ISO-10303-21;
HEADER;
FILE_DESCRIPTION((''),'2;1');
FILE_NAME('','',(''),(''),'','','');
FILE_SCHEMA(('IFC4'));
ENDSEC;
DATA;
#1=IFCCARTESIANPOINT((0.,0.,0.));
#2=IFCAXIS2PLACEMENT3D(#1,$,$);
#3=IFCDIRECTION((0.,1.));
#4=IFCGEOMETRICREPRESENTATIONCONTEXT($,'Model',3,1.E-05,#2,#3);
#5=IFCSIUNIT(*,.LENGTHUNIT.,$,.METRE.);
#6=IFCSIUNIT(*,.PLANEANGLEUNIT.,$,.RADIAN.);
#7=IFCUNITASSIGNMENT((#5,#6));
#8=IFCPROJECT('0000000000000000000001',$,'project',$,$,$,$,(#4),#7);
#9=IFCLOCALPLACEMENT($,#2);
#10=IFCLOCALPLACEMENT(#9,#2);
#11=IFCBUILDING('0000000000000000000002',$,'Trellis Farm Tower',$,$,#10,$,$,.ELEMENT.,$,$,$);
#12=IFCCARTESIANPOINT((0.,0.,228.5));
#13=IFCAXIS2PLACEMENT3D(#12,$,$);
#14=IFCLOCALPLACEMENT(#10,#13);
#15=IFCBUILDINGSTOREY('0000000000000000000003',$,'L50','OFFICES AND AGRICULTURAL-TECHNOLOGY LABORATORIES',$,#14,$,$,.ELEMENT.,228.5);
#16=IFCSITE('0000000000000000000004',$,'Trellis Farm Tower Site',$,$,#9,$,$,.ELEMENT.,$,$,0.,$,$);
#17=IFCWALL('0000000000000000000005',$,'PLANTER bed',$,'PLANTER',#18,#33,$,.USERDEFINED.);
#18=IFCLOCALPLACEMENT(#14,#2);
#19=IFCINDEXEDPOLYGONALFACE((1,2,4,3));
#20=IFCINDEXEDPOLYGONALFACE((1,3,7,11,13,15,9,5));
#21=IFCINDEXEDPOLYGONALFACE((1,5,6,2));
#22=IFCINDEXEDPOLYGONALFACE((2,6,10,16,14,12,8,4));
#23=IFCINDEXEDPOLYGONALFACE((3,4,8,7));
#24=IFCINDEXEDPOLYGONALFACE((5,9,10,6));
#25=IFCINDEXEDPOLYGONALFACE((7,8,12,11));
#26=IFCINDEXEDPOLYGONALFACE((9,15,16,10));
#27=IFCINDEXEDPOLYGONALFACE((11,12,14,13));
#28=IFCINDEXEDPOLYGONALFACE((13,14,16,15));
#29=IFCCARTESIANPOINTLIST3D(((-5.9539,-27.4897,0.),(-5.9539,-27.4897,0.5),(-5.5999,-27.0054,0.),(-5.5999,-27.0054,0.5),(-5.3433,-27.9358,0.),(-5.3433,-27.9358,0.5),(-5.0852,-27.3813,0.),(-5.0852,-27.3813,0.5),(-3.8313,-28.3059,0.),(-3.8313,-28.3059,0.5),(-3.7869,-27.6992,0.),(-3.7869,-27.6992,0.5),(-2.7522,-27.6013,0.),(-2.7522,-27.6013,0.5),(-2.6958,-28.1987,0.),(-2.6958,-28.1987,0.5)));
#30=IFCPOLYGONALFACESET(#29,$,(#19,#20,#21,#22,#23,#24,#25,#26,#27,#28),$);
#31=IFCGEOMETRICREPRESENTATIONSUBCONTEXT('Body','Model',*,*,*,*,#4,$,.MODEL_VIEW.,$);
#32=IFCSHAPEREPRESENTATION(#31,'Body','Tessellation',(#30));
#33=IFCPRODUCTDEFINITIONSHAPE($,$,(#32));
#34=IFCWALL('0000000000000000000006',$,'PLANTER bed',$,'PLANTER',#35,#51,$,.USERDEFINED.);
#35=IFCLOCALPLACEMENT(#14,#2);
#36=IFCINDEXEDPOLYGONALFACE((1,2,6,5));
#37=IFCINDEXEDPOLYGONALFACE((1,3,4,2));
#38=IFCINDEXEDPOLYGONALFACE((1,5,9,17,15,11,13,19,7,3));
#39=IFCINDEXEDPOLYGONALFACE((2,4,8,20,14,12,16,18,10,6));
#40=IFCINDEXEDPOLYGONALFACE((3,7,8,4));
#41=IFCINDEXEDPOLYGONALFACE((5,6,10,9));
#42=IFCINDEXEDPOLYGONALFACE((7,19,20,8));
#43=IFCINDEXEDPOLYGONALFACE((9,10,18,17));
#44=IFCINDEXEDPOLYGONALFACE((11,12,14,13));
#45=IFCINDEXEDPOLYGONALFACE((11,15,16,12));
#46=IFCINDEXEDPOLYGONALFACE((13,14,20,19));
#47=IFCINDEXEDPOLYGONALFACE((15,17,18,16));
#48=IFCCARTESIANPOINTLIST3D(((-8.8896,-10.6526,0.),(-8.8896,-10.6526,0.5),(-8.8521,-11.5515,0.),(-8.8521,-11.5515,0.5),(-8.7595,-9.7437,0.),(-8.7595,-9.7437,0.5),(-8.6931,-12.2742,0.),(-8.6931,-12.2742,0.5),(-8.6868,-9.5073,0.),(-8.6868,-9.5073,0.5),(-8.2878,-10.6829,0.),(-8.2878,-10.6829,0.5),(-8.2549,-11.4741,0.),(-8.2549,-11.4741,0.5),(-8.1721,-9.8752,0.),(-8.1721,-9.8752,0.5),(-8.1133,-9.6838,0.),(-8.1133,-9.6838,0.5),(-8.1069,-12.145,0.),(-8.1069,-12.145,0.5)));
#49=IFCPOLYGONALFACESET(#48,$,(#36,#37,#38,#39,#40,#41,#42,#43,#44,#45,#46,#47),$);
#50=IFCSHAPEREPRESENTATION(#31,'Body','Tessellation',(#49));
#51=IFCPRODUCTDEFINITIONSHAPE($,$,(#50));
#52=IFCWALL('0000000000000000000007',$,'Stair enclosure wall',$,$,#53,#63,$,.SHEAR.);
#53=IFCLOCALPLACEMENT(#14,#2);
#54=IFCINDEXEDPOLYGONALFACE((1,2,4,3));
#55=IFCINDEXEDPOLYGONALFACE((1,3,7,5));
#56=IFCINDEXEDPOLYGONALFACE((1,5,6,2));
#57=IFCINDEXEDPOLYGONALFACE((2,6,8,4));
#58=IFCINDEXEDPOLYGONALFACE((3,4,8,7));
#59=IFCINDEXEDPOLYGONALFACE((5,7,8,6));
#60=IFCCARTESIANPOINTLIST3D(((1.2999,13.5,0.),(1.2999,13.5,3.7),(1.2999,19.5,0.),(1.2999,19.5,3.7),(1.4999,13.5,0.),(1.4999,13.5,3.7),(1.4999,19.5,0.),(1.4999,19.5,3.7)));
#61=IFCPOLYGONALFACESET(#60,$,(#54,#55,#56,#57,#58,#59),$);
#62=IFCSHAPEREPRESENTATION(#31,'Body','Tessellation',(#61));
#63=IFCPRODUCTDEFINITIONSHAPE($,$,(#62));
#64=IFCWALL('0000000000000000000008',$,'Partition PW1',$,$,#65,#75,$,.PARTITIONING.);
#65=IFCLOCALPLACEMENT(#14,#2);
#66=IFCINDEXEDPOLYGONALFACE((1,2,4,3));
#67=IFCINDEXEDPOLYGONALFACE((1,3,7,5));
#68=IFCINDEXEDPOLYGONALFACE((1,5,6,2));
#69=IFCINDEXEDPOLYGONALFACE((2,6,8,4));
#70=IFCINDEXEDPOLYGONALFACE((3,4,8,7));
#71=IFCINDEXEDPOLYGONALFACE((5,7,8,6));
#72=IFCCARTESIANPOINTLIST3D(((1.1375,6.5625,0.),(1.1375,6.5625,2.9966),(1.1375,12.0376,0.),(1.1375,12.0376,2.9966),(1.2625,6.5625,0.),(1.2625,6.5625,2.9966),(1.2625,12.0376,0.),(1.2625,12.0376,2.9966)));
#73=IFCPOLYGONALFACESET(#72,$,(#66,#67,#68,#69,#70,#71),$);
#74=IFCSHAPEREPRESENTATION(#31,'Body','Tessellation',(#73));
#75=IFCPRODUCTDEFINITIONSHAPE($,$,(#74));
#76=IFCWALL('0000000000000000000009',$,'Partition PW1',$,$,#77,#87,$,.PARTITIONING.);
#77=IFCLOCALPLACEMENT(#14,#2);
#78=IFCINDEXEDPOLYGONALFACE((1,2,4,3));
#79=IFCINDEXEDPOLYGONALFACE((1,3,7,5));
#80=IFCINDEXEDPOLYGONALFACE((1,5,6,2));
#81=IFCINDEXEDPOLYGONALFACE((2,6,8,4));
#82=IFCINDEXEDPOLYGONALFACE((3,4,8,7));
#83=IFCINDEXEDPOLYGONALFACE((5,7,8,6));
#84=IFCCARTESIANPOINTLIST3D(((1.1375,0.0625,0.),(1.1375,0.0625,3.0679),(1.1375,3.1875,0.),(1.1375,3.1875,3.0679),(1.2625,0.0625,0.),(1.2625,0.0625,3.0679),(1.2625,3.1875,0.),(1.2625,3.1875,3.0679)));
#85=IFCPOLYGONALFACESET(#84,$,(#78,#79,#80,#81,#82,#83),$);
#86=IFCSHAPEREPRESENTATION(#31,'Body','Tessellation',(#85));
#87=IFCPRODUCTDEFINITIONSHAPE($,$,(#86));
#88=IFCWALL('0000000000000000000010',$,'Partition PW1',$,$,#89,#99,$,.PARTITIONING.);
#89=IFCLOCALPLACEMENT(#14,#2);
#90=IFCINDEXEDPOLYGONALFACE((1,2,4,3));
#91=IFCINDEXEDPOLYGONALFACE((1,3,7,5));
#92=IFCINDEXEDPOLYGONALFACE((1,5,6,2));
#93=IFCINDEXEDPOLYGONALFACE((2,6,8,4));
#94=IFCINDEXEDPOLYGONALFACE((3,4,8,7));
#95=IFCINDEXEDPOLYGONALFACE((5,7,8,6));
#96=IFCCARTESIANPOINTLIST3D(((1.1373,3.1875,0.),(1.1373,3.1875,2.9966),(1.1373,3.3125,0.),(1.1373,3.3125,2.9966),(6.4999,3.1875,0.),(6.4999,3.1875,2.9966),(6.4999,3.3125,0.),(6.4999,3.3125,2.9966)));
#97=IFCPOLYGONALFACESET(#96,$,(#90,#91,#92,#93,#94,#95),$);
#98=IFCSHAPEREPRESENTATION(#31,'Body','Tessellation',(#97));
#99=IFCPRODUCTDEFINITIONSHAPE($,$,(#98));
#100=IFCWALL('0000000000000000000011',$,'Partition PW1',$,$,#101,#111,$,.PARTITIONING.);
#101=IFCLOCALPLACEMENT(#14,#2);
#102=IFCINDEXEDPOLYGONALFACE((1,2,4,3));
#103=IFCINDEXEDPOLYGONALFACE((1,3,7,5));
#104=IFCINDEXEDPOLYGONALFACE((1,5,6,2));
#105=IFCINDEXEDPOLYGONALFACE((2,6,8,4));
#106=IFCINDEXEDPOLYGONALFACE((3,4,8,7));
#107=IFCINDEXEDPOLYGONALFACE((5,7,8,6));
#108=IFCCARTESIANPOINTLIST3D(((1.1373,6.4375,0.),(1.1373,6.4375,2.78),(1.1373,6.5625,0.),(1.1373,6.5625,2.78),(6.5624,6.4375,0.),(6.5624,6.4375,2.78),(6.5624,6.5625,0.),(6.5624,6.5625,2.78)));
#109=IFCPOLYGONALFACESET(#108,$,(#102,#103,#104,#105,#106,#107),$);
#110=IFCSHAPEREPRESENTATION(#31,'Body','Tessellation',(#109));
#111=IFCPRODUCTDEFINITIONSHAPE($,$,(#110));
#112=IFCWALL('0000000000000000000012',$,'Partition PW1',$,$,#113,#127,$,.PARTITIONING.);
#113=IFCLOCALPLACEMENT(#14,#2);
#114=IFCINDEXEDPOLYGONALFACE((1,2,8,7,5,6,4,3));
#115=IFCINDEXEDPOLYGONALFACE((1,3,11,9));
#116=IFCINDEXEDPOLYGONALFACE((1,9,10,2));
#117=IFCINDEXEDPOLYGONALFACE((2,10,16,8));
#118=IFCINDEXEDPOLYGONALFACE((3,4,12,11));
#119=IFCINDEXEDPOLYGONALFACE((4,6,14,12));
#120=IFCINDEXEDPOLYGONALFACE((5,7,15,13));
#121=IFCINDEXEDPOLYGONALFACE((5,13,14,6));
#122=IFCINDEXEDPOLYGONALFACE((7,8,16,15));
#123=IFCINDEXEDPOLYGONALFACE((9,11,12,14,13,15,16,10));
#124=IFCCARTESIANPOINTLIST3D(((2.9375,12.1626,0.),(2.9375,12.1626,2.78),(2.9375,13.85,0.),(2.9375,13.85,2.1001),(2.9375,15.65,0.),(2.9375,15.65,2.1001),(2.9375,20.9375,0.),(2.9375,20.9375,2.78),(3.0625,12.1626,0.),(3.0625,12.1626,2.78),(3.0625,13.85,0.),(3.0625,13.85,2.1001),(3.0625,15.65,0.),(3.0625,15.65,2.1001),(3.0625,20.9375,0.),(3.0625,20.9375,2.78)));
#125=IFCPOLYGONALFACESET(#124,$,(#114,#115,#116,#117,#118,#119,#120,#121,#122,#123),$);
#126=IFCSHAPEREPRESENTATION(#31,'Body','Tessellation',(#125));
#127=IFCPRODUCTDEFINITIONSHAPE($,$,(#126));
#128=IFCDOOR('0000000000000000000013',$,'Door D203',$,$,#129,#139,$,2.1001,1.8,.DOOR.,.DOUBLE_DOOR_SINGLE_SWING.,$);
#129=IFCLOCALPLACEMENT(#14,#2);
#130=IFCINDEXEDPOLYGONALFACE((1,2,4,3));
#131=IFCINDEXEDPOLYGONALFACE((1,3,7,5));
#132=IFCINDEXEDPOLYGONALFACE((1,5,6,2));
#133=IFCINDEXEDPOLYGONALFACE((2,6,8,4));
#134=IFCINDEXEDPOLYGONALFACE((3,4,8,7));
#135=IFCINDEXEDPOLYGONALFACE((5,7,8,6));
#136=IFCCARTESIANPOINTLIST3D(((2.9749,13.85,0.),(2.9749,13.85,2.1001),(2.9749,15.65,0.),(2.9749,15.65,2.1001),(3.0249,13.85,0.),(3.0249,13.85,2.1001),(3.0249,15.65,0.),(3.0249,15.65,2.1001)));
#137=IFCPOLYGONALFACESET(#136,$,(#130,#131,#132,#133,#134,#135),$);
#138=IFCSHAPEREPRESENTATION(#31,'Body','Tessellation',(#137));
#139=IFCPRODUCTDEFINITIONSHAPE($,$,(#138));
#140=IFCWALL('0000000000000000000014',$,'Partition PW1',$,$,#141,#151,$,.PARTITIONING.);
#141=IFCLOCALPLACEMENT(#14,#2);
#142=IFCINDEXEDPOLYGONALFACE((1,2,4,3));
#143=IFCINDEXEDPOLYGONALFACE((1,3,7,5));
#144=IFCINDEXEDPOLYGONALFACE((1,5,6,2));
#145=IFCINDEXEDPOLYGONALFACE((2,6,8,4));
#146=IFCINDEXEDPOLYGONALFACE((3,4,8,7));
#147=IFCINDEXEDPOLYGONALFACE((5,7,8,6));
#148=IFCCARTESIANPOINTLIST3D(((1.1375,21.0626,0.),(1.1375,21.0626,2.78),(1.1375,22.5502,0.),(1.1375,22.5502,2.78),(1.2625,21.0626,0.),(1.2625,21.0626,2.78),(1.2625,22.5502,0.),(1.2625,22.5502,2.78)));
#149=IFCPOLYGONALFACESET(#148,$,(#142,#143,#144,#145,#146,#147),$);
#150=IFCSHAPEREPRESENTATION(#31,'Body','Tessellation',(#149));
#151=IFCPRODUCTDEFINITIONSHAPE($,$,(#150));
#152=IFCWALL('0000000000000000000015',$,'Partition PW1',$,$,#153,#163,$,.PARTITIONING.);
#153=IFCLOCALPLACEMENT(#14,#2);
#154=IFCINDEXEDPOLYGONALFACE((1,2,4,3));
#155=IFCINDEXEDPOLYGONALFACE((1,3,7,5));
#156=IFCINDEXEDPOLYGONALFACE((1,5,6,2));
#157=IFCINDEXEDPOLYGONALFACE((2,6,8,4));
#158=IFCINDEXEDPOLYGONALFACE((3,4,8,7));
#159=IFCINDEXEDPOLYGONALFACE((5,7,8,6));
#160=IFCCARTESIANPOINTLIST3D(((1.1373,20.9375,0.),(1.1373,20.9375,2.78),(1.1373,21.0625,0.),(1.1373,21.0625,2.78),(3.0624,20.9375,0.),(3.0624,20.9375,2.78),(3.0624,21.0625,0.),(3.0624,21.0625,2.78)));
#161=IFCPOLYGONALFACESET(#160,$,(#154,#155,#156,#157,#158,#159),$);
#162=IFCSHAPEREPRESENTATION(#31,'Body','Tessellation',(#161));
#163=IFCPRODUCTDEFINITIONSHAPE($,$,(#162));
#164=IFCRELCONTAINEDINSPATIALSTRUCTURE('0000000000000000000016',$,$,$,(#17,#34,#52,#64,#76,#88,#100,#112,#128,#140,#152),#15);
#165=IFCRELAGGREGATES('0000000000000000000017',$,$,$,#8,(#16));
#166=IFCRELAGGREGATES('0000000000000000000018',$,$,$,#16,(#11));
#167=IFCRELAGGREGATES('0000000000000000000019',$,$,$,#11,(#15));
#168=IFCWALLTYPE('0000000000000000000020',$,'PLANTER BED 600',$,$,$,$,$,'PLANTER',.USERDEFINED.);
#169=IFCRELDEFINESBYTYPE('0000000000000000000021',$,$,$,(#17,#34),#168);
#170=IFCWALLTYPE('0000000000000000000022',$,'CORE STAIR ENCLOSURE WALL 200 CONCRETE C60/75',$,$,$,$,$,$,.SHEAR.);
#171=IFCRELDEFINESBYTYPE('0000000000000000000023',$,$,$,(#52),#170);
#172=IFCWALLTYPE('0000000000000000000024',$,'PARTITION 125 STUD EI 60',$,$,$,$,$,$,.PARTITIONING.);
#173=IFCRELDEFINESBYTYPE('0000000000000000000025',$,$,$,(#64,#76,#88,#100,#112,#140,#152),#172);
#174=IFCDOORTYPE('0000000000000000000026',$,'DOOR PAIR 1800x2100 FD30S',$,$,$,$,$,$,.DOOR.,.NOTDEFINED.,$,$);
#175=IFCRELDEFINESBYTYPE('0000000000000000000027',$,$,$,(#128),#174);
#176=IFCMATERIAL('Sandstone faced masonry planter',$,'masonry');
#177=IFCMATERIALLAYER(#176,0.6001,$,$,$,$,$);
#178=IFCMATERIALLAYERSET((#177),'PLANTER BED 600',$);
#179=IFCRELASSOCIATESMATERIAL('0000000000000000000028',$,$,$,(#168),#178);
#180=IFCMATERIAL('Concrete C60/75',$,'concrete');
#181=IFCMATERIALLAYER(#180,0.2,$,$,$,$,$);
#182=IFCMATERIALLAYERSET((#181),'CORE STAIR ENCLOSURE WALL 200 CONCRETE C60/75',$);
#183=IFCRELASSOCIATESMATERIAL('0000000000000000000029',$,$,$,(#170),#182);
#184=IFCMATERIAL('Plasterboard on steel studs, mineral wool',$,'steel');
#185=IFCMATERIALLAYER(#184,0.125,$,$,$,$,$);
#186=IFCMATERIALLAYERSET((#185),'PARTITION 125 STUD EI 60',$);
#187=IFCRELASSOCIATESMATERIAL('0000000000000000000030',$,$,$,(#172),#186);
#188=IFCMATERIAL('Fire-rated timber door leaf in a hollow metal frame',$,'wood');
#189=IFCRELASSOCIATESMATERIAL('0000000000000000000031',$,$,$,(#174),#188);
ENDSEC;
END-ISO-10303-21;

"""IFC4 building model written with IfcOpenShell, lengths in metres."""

from ifc_helpers import new_model, si_unit, direction, frame, frame_2d, origin, place, context, subcontext, project, spatial, polyline, rectangle, outline, extrude, source, transform, mapped, material, layer, layer_set, type_object, element, fill, save


model = new_model("IFC4")

# Units and contexts
model_context = context("Model", 3, precision=1e-05, world=origin(), true_north=direction((0.0, 1.0)))
body_context = subcontext(model_context, "Body", "Model", "MODEL_VIEW")
ifc_project = project(units=[si_unit("LENGTHUNIT", "METRE"), si_unit("PLANEANGLEUNIT", "RADIAN")], contexts=[model_context])

# Site, building, storey
site_placement = place(None, origin())
site = spatial("IfcSite", under=ifc_project, at=site_placement, Name="Trellis Farm Tower Site", CompositionType="ELEMENT", RefElevation=0.0)
building_placement = place(site_placement, origin())
building = spatial("IfcBuilding", under=site, at=building_placement, Name="Trellis Farm Tower", CompositionType="ELEMENT")
storey_placement = place(building_placement, frame((0.0, 0.0, 228.5)))
storey = spatial("IfcBuildingStorey", under=building, at=storey_placement, Name="L50", Description="OFFICES AND AGRICULTURAL-TECHNOLOGY LABORATORIES", CompositionType="ELEMENT", Elevation=228.5)

# Shared definitions
placement_1 = place(storey_placement, origin())

# Walls
ifc_material_1 = material(Name="Sandstone faced masonry planter", Category="masonry")
ifc_layer_1 = layer(ifc_material_1, 0.6001)
ifc_layer_set_1 = layer_set([ifc_layer_1], Name="PLANTER BED 600")
wall_type_1 = type_object("IfcWallType", Name="PLANTER BED 600", ElementType="PLANTER", PredefinedType="USERDEFINED", material=ifc_layer_set_1)
element("IfcWall", 1, at=placement_1, inside=storey, type_object=wall_type_1, Name="PLANTER bed", ObjectType="PLANTER", PredefinedType="USERDEFINED", context=body_context, shape_type="SweptSolid", body=[
    extrude(outline(polyline([(-5.3433, -27.9358), (-5.9539, -27.4897), (-5.5999, -27.0054), (-5.0852, -27.3813), (-3.7869, -27.6992), (-2.7522, -27.6013), (-2.6958, -28.1987), (-3.8313, -28.3059), (-5.3433, -27.9358)])), origin(), (0.0, 0.0, 1.0), 0.5),
])
element("IfcWall", 2, at=placement_1, inside=storey, type_object=wall_type_1, Name="PLANTER bed", ObjectType="PLANTER", PredefinedType="USERDEFINED", context=body_context, shape_type="SweptSolid", body=[
    extrude(outline(polyline([(-8.8896, -10.6526), (-8.7595, -9.7437), (-8.6868, -9.5073), (-8.1133, -9.6838), (-8.1721, -9.8752), (-8.2878, -10.6829), (-8.2549, -11.4741), (-8.1069, -12.145), (-8.6931, -12.2742), (-8.8521, -11.5515), (-8.8896, -10.6526)])), origin(), (0.0, 0.0, 1.0), 0.5),
])
ifc_material_2 = material(Name="Concrete C60/75", Category="concrete")
ifc_layer_2 = layer(ifc_material_2, 0.2)
ifc_layer_set_2 = layer_set([ifc_layer_2], Name="CORE STAIR ENCLOSURE WALL 200 CONCRETE C60/75")
wall_type_2 = type_object("IfcWallType", Name="CORE STAIR ENCLOSURE WALL 200 CONCRETE C60/75", PredefinedType="SHEAR", material=ifc_layer_set_2)
shared_shape_1 = source(origin(), body_context, "Body", "SweptSolid", [
    extrude(rectangle(XDim=6.0, YDim=0.2, at=frame_2d((3.0, 0.0))), origin(), (0.0, 0.0, 1.0), 3.7),
])
wall_1_placement = place(storey_placement, frame((1.3999, 13.5, 0.0), z_axis=(0.0, 0.0, 1.0), x_axis=(0.0, 1.0, 0.0)))
element("IfcWall", 3, at=wall_1_placement, inside=storey, type_object=wall_type_2, Name="Stair enclosure wall", PredefinedType="SHEAR", context=body_context, shape_type="MappedRepresentation", body=[
    mapped(shared_shape_1, transform((0.0, 0.0, 0.0))),
])
ifc_material_3 = material(Name="Plasterboard on steel studs, mineral wool", Category="steel")
ifc_layer_3 = layer(ifc_material_3, 0.125)
ifc_layer_set_3 = layer_set([ifc_layer_3], Name="PARTITION 125 STUD EI 60")
wall_type_3 = type_object("IfcWallType", Name="PARTITION 125 STUD EI 60", PredefinedType="PARTITIONING", material=ifc_layer_set_3)
shared_shape_2 = source(origin(), body_context, "Body", "SweptSolid", [
    extrude(rectangle(XDim=5.4751, YDim=0.125, at=frame_2d((2.7375, 0.0))), origin(), (0.0, 0.0, 1.0), 2.9966),
])
wall_2_placement = place(storey_placement, frame((1.2, 12.0376, 0.0), z_axis=(0.0, 0.0, 1.0), x_axis=(0.0, -1.0, 0.0)))
element("IfcWall", 4, at=wall_2_placement, inside=storey, type_object=wall_type_3, Name="Partition PW1", PredefinedType="PARTITIONING", context=body_context, shape_type="MappedRepresentation", body=[
    mapped(shared_shape_2, transform((0.0, 0.0, 0.0))),
])
shared_shape_3 = source(origin(), body_context, "Body", "SweptSolid", [
    extrude(rectangle(XDim=3.125, YDim=0.125, at=frame_2d((1.5625, 0.0))), origin(), (0.0, 0.0, 1.0), 3.0679),
])
wall_3_placement = place(storey_placement, frame((1.2, 3.1875, 0.0), z_axis=(0.0, 0.0, 1.0), x_axis=(0.0, -1.0, 0.0)))
element("IfcWall", 5, at=wall_3_placement, inside=storey, type_object=wall_type_3, Name="Partition PW1", PredefinedType="PARTITIONING", context=body_context, shape_type="MappedRepresentation", body=[
    mapped(shared_shape_3, transform((0.0, 0.0, 0.0))),
])
shared_shape_4 = source(origin(), body_context, "Body", "SweptSolid", [
    extrude(rectangle(XDim=5.3625, YDim=0.125, at=frame_2d((2.6812, 0.0))), origin(), (0.0, 0.0, 1.0), 2.9966),
])
wall_4_placement = place(storey_placement, frame((1.1375, 3.25, 0.0), z_axis=(0.0, 0.0, 1.0), x_axis=(1.0, 0.0, 0.0)))
element("IfcWall", 6, at=wall_4_placement, inside=storey, type_object=wall_type_3, Name="Partition PW1", PredefinedType="PARTITIONING", context=body_context, shape_type="MappedRepresentation", body=[
    mapped(shared_shape_4, transform((0.0, 0.0, 0.0))),
])
shared_shape_5 = source(origin(), body_context, "Body", "SweptSolid", [
    extrude(rectangle(XDim=5.425, YDim=0.125, at=frame_2d((2.7124, 0.0))), origin(), (0.0, 0.0, 1.0), 2.78),
])
wall_5_placement = place(storey_placement, frame((1.1375, 6.5, 0.0), z_axis=(0.0, 0.0, 1.0), x_axis=(1.0, 0.0, 0.0)))
element("IfcWall", 7, at=wall_5_placement, inside=storey, type_object=wall_type_3, Name="Partition PW1", PredefinedType="PARTITIONING", context=body_context, shape_type="MappedRepresentation", body=[
    mapped(shared_shape_5, transform((0.0, 0.0, 0.0))),
])

# Wall, opening, door
shared_shape_6 = source(origin(), body_context, "Body", "SweptSolid", [
    extrude(rectangle(XDim=8.7749, YDim=0.125, at=frame_2d((4.3875, 0.0))), origin(), (0.0, 0.0, 1.0), 2.78),
])
wall_6_placement = place(storey_placement, frame((3.0, 20.9375, 0.0), z_axis=(0.0, 0.0, 1.0), x_axis=(0.0, -1.0, 0.0)))
wall_6 = element("IfcWall", 8, at=wall_6_placement, inside=storey, type_object=wall_type_3, Name="Partition PW1", PredefinedType="PARTITIONING", context=body_context, shape_type="MappedRepresentation", body=[
    mapped(shared_shape_6, transform((0.0, 0.0, 0.0))),
])
shared_shape_7 = source(origin(), body_context, "Body", "SweptSolid", [
    extrude(rectangle(XDim=1.8, YDim=2.1001, at=frame_2d((0.8999, 1.05))), frame((0.0, 0.0725, 0.0), z_axis=(0.0, -1.0, 0.0), x_axis=(1.0, 0.0, 0.0)), (0.0, 0.0, 1.0), 0.145),
])
opening_placement = place(wall_6_placement, frame((5.2876, 0.0, 0.0)))
opening = element("IfcOpeningElement", 9, at=opening_placement, cuts=wall_6, PredefinedType="OPENING", context=body_context, shape_type="MappedRepresentation", body=[
    mapped(shared_shape_7, transform((0.0, 0.0, 0.0))),
])
ifc_material_4 = material(Name="Fire-rated timber door leaf in a hollow metal frame", Category="wood")
door_type = type_object("IfcDoorType", Name="DOOR PAIR 1800x2100 FD30S", OperationType="NOTDEFINED", PredefinedType="DOOR", material=ifc_material_4)
shared_shape_8 = source(origin(), body_context, "Body", "SweptSolid", [
    extrude(rectangle(XDim=1.8, YDim=2.1001, at=frame_2d((0.8999, 1.05))), frame((0.0, 0.0249, 0.0), z_axis=(0.0, -1.0, 0.0), x_axis=(1.0, 0.0, 0.0)), (0.0, 0.0, 1.0), 0.05),
])
door_placement = place(opening_placement, origin())
door = element("IfcDoor", 10, at=door_placement, inside=storey, type_object=door_type, Name="Door D203", OperationType="DOUBLE_DOOR_SINGLE_SWING", OverallHeight=2.1001, OverallWidth=1.8, PredefinedType="DOOR", context=body_context, shape_type="MappedRepresentation", body=[
    mapped(shared_shape_8, transform((0.0, 0.0, 0.0))),
])
fill(opening, door)

# Walls
shared_shape_9 = source(origin(), body_context, "Body", "SweptSolid", [
    extrude(rectangle(XDim=1.4875, YDim=0.125, at=frame_2d((0.7437, 0.0))), origin(), (0.0, 0.0, 1.0), 2.78),
])
wall_7_placement = place(storey_placement, frame((1.2, 22.55, 0.0), z_axis=(0.0, 0.0, 1.0), x_axis=(0.0, -1.0, 0.0)))
element("IfcWall", 11, at=wall_7_placement, inside=storey, type_object=wall_type_3, Name="Partition PW1", PredefinedType="PARTITIONING", context=body_context, shape_type="MappedRepresentation", body=[
    mapped(shared_shape_9, transform((0.0, 0.0, 0.0))),
])
shared_shape_10 = source(origin(), body_context, "Body", "SweptSolid", [
    extrude(rectangle(XDim=1.925, YDim=0.125, at=frame_2d((0.9624, 0.0))), origin(), (0.0, 0.0, 1.0), 2.78),
])
wall_8_placement = place(storey_placement, frame((1.1375, 21.0, 0.0), z_axis=(0.0, 0.0, 1.0), x_axis=(1.0, 0.0, 0.0)))
element("IfcWall", 12, at=wall_8_placement, inside=storey, type_object=wall_type_3, Name="Partition PW1", PredefinedType="PARTITIONING", context=body_context, shape_type="MappedRepresentation", body=[
    mapped(shared_shape_10, transform((0.0, 0.0, 0.0))),
])

save(model, "model.ifc")
